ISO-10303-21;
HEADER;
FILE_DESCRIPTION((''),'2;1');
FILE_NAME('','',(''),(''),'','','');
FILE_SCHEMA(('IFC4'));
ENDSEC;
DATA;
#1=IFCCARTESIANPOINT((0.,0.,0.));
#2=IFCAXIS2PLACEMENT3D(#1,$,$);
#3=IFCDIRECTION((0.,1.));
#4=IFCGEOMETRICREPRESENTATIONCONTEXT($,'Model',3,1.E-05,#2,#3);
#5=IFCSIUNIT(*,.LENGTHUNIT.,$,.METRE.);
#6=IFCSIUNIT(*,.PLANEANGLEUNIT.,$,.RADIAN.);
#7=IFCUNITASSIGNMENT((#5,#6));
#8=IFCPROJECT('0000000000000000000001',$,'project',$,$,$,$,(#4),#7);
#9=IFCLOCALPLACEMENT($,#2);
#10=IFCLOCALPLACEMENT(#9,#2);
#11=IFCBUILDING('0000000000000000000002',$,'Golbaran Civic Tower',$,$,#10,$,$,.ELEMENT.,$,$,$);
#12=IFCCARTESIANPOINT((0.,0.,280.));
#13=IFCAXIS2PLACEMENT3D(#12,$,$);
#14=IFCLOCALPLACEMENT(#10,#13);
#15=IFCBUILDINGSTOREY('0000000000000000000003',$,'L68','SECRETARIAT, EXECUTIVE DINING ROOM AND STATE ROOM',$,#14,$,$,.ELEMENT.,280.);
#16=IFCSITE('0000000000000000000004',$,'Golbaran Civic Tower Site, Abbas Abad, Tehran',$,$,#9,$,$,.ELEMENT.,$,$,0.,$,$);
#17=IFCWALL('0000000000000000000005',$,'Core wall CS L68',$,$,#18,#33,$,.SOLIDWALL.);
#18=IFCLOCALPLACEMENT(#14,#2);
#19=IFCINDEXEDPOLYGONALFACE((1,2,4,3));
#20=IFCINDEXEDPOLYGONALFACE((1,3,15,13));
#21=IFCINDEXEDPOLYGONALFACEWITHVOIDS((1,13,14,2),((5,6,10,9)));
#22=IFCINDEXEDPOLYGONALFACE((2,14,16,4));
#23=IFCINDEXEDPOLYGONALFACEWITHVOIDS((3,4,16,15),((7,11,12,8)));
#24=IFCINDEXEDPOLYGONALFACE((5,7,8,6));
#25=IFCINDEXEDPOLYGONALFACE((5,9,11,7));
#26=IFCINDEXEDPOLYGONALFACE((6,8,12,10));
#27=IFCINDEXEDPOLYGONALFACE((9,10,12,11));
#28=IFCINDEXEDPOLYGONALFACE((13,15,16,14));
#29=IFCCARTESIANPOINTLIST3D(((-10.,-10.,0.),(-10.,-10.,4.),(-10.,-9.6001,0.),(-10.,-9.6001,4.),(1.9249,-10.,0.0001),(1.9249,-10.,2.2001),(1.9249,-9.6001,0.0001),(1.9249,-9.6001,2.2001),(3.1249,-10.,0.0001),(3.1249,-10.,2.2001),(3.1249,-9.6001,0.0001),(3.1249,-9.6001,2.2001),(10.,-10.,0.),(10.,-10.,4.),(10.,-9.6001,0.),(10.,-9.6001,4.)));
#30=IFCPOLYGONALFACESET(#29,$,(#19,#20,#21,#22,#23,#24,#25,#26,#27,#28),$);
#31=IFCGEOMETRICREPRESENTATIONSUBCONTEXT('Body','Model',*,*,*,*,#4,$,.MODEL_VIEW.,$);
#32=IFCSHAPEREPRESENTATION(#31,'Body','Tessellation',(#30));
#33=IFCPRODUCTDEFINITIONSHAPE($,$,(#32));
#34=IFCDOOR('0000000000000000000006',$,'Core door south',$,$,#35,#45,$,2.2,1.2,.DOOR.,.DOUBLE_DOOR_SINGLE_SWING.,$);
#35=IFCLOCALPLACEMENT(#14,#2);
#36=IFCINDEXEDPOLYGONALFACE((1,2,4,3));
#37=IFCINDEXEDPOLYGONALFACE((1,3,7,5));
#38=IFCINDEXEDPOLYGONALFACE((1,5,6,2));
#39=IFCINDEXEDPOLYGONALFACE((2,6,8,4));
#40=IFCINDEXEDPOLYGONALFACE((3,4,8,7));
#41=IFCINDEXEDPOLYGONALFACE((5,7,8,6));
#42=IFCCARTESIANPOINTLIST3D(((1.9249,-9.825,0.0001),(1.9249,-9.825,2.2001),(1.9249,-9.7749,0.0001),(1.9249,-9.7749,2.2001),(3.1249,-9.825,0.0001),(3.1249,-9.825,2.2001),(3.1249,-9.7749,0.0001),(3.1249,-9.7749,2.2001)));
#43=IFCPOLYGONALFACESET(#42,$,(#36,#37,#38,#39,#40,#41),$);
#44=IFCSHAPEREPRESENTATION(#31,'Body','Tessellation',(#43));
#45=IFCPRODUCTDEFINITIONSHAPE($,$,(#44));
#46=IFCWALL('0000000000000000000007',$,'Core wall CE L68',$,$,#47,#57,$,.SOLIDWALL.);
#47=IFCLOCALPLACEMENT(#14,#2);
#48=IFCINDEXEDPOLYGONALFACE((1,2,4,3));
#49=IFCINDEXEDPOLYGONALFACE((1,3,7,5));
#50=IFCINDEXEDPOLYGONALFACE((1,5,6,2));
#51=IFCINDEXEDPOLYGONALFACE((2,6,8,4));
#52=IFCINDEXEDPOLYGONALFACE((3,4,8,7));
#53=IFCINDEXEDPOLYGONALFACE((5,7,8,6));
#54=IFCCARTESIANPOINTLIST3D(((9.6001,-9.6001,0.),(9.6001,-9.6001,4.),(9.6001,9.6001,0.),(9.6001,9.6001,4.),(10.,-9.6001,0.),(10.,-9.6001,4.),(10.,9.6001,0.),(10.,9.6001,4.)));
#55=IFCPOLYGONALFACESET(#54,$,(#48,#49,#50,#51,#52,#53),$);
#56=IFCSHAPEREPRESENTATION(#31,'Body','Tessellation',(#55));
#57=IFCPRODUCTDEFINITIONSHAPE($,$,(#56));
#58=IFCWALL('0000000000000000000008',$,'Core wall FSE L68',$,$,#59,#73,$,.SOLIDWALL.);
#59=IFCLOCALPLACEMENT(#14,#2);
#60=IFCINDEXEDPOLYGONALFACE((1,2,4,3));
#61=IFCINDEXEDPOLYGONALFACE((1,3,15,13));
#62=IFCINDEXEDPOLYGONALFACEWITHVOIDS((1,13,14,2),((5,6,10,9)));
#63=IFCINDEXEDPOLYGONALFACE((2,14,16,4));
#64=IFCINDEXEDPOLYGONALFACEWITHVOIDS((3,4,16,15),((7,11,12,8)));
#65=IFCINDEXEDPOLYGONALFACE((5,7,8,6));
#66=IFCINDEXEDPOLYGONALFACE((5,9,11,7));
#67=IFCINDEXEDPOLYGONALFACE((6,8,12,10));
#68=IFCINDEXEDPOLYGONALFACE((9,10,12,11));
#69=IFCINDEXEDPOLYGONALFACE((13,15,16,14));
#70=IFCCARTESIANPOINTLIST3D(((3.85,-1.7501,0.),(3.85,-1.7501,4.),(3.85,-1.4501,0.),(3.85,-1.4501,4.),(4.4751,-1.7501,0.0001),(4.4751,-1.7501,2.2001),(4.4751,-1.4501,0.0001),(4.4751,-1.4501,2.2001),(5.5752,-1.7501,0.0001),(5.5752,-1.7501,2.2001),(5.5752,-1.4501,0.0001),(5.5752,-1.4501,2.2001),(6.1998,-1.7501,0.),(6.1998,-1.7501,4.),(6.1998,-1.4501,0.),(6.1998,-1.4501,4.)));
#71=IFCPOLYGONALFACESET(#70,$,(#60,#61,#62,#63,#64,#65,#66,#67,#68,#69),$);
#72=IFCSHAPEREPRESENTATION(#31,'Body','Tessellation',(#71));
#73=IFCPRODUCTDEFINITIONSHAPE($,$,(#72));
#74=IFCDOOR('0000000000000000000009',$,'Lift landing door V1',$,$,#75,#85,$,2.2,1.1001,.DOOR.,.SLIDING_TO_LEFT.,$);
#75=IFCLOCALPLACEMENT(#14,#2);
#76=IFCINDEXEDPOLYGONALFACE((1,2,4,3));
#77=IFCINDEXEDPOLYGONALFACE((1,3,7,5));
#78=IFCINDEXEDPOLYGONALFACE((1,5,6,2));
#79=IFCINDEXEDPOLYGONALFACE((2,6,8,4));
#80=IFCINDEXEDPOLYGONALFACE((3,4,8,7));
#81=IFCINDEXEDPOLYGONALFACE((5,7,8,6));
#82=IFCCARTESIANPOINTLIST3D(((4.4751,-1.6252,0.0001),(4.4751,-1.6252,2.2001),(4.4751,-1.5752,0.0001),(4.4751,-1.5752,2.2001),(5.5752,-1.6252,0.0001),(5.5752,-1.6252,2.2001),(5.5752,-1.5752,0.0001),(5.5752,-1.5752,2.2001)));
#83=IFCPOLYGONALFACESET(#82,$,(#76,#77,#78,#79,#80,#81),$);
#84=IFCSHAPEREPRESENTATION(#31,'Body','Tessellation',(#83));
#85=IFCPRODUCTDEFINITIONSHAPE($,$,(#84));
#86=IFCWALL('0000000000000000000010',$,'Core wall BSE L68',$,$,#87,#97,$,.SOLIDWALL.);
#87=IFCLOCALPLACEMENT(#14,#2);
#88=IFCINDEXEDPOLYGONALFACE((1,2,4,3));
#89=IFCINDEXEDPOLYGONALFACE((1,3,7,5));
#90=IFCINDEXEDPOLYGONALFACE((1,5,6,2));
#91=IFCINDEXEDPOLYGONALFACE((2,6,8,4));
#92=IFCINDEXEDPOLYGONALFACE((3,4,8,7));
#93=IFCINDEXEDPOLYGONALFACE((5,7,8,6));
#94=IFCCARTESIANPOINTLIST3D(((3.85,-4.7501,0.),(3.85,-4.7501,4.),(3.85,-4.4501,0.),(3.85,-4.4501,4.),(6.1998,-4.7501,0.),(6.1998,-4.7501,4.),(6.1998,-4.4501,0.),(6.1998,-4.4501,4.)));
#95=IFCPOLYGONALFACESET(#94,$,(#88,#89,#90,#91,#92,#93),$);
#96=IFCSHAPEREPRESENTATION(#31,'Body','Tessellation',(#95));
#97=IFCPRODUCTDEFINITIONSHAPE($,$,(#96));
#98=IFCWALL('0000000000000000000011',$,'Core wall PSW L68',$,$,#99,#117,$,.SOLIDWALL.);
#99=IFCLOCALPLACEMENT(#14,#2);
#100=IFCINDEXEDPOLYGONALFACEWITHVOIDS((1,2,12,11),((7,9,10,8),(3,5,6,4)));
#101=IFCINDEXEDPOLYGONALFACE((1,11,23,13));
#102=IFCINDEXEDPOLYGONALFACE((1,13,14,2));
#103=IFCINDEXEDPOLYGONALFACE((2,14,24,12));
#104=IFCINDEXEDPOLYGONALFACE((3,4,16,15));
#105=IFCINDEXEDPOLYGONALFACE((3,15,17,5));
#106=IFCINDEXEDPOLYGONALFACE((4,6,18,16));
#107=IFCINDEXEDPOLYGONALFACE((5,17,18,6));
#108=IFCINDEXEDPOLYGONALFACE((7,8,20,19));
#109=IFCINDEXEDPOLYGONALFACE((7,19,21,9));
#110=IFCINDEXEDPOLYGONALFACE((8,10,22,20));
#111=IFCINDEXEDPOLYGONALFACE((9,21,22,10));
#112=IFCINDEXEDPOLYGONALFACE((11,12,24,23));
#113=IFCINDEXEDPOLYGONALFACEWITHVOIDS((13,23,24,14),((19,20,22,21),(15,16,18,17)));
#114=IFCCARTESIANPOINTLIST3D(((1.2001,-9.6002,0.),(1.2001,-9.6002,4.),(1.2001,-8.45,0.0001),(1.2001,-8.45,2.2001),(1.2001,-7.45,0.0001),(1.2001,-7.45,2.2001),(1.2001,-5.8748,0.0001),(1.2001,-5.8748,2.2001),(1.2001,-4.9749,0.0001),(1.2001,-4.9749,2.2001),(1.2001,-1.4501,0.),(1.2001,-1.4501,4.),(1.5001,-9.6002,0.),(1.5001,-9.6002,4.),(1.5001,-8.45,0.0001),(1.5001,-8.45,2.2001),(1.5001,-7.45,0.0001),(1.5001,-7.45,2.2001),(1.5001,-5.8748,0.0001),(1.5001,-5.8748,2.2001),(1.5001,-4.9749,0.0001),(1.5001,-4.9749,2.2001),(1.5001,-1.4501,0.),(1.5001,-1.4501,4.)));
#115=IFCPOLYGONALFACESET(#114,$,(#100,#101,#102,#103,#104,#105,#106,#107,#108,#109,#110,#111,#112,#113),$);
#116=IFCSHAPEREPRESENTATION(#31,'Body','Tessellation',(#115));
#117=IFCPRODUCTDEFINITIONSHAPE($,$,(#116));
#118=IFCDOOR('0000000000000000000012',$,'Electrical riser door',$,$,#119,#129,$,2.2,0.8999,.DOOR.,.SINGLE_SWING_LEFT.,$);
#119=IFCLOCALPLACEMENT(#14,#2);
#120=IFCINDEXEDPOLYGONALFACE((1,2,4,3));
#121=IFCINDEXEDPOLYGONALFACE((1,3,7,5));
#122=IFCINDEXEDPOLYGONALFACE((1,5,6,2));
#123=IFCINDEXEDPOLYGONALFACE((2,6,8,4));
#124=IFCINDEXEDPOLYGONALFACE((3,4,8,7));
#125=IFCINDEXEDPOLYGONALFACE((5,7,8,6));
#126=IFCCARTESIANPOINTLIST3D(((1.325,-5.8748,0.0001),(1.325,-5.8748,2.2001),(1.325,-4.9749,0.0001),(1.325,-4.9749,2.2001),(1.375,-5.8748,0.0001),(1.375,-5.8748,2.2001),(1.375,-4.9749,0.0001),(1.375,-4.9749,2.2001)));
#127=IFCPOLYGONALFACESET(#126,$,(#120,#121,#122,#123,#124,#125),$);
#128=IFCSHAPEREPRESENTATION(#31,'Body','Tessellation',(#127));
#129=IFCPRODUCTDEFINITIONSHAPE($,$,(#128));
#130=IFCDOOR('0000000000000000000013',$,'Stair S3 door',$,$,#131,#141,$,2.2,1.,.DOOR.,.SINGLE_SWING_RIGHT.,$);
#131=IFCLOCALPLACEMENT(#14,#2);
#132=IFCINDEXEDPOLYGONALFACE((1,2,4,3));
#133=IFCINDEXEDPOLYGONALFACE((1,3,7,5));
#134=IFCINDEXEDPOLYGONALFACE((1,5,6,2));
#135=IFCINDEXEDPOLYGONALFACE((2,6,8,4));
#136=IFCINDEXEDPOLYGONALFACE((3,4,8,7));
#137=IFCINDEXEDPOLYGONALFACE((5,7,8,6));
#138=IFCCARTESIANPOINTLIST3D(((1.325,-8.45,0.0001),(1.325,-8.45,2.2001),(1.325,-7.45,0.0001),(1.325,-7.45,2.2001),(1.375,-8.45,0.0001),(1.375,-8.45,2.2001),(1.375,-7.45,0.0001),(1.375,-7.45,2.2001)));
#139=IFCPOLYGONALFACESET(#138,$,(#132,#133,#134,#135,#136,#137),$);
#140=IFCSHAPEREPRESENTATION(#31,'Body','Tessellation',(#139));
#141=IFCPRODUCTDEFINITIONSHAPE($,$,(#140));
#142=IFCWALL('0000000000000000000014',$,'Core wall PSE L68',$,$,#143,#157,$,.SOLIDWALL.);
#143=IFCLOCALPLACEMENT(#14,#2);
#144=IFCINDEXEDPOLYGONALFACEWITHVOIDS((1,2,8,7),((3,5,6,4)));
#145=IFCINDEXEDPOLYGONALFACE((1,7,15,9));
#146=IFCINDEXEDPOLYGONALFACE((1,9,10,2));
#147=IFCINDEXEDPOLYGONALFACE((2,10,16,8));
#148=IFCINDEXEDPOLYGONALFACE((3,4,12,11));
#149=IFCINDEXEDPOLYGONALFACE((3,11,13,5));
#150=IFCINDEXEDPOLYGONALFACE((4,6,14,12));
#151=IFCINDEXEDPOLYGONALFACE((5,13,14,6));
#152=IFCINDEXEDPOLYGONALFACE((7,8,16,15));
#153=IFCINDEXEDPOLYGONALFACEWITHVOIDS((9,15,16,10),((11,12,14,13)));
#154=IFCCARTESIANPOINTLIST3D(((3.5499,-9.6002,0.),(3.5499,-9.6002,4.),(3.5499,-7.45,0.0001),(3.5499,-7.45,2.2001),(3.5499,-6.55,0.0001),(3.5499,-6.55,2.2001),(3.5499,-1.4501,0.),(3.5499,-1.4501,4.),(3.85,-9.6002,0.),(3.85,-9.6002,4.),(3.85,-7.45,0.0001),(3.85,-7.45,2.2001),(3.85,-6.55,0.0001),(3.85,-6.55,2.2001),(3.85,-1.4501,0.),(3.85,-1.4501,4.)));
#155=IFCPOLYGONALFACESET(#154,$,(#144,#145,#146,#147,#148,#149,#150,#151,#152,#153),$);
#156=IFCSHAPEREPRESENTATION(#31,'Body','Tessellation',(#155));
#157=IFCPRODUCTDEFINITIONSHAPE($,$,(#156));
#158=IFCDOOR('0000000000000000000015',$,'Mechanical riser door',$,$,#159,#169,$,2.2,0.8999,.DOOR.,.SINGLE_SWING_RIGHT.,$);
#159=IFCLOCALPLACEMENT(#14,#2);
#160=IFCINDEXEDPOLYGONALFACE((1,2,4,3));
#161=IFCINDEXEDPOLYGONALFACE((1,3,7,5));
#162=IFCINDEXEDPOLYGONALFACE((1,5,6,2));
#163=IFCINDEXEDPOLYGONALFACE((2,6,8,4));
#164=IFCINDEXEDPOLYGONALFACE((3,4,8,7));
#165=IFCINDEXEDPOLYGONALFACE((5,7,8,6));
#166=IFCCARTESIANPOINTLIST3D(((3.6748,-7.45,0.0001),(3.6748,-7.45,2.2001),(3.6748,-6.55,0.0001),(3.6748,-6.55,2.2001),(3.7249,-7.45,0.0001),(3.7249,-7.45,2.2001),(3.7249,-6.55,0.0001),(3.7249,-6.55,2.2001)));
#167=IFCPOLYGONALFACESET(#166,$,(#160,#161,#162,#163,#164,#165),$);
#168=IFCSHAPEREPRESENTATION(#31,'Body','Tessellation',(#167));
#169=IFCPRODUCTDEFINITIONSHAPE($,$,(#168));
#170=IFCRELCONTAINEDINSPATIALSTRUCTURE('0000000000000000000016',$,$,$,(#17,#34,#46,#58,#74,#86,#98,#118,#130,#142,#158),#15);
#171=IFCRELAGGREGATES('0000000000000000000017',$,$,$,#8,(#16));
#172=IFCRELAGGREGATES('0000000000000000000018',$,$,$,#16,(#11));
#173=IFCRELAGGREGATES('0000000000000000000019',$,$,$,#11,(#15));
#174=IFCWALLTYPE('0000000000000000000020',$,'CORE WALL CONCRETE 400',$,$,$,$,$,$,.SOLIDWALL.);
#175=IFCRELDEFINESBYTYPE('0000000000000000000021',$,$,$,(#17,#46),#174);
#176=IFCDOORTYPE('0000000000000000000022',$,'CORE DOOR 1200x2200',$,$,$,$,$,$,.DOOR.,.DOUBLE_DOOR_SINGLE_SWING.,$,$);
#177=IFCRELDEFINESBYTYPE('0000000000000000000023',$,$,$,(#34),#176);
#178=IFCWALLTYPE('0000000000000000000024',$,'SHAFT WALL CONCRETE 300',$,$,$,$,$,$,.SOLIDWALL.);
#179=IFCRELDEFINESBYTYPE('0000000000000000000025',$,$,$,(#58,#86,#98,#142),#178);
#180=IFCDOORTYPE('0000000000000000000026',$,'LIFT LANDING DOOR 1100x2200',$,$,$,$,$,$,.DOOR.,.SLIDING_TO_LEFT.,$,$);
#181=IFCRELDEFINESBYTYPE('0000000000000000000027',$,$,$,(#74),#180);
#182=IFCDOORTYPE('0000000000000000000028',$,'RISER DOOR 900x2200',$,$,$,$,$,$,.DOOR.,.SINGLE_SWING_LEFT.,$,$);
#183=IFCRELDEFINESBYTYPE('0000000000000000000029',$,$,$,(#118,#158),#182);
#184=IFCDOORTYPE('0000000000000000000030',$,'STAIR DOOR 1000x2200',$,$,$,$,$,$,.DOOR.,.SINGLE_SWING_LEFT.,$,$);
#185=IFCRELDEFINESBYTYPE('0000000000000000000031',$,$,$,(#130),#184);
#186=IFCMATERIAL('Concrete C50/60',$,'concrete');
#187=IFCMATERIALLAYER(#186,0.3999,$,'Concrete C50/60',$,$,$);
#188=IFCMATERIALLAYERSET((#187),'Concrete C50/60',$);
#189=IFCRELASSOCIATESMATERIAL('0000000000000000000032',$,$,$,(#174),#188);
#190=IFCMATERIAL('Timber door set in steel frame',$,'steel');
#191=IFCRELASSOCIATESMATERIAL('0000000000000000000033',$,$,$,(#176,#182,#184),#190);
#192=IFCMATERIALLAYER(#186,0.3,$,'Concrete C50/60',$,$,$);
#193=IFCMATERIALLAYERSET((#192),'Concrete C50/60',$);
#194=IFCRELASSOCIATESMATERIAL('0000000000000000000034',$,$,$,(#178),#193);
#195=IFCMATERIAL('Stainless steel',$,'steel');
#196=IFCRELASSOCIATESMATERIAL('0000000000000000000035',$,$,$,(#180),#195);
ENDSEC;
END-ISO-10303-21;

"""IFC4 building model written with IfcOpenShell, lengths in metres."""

from ifc_helpers import new_model, si_unit, direction, frame, frame_2d, origin, place, context, subcontext, project, spatial, rectangle, extrude, material, layer, layer_set, type_object, element, fill, save


model = new_model("IFC4")

# Units and contexts
model_context = context("Model", 3, precision=1e-05, world=origin(), true_north=direction((0.0, 1.0)))
body_context = subcontext(model_context, "Body", "Model", "MODEL_VIEW")
ifc_project = project(units=[si_unit("LENGTHUNIT", "METRE"), si_unit("PLANEANGLEUNIT", "RADIAN")], contexts=[model_context])

# Site, building, storey
site_placement = place(None, origin())
site = spatial("IfcSite", under=ifc_project, at=site_placement, Name="Golbaran Civic Tower Site, Abbas Abad, Tehran", CompositionType="ELEMENT", RefElevation=0.0)
building_placement = place(site_placement, origin())
building = spatial("IfcBuilding", under=site, at=building_placement, Name="Golbaran Civic Tower", CompositionType="ELEMENT")
storey_placement = place(building_placement, frame((0.0, 0.0, 280.0)))
storey = spatial("IfcBuildingStorey", under=building, at=storey_placement, Name="L68", Description="SECRETARIAT, EXECUTIVE DINING ROOM AND STATE ROOM", CompositionType="ELEMENT", Elevation=280.0)

# Wall, opening, door
ifc_material_1 = material(Name="Concrete C50/60", Category="concrete")
ifc_layer_1 = layer(ifc_material_1, 0.3999, Name="Concrete C50/60")
ifc_layer_set_1 = layer_set([ifc_layer_1], Name="Concrete C50/60")
wall_type_1 = type_object("IfcWallType", Name="CORE WALL CONCRETE 400", PredefinedType="SOLIDWALL", material=ifc_layer_set_1)
wall_1_placement = place(storey_placement, frame((10.0, -9.8, 0.0), z_axis=(0.0, 0.0, 1.0), x_axis=(-1.0, 0.0, 0.0)))
wall_1 = element("IfcWall", 1, at=wall_1_placement, inside=storey, type_object=wall_type_1, Name="Core wall CS L68", PredefinedType="SOLIDWALL", context=body_context, shape_type="SweptSolid", body=[
    extrude(rectangle(XDim=20.0, YDim=0.3999, at=frame_2d((10.0, 0.0))), origin(), (0.0, 0.0, 1.0), 4.0),
])
opening_1_placement = place(wall_1_placement, frame((6.875, 0.0, 0.0)))
opening_1 = element("IfcOpeningElement", 2, at=opening_1_placement, cuts=wall_1, PredefinedType="OPENING", context=body_context, shape_type="SweptSolid", body=[
    extrude(rectangle(XDim=1.2, YDim=2.2, at=frame_2d((0.6001, 1.1001))), frame((0.0, 0.21, 0.0), z_axis=(0.0, -1.0, 0.0), x_axis=(1.0, 0.0, 0.0)), (0.0, 0.0, 1.0), 0.4199),
])
ifc_material_2 = material(Name="Timber door set in steel frame", Category="steel")
door_type_1 = type_object("IfcDoorType", Name="CORE DOOR 1200x2200", OperationType="DOUBLE_DOOR_SINGLE_SWING", PredefinedType="DOOR", material=ifc_material_2)
door_1_placement = place(opening_1_placement, origin())
door_1 = element("IfcDoor", 3, at=door_1_placement, inside=storey, type_object=door_type_1, Name="Core door south", OperationType="DOUBLE_DOOR_SINGLE_SWING", OverallHeight=2.2, OverallWidth=1.2, PredefinedType="DOOR", context=body_context, shape_type="SweptSolid", body=[
    extrude(rectangle(XDim=1.2, YDim=2.2, at=frame_2d((0.6001, 1.1001))), frame((0.0, 0.0249, 0.0), z_axis=(0.0, -1.0, 0.0), x_axis=(1.0, 0.0, 0.0)), (0.0, 0.0, 1.0), 0.05),
])
fill(opening_1, door_1)

# Wall
wall_2_placement = place(storey_placement, frame((9.8, -9.6001, 0.0), z_axis=(0.0, 0.0, 1.0), x_axis=(0.0, 1.0, 0.0)))
element("IfcWall", 4, at=wall_2_placement, inside=storey, type_object=wall_type_1, Name="Core wall CE L68", PredefinedType="SOLIDWALL", context=body_context, shape_type="SweptSolid", body=[
    extrude(rectangle(XDim=19.2002, YDim=0.3999, at=frame_2d((9.6001, 0.0))), origin(), (0.0, 0.0, 1.0), 4.0),
])

# Wall, opening, door
ifc_layer_2 = layer(ifc_material_1, 0.3, Name="Concrete C50/60")
ifc_layer_set_2 = layer_set([ifc_layer_2], Name="Concrete C50/60")
wall_type_2 = type_object("IfcWallType", Name="SHAFT WALL CONCRETE 300", PredefinedType="SOLIDWALL", material=ifc_layer_set_2)
wall_3_placement = place(storey_placement, frame((3.8501, -1.6001, 0.0), z_axis=(0.0, 0.0, 1.0), x_axis=(1.0, 0.0, 0.0)))
wall_3 = element("IfcWall", 5, at=wall_3_placement, inside=storey, type_object=wall_type_2, Name="Core wall FSE L68", PredefinedType="SOLIDWALL", context=body_context, shape_type="SweptSolid", body=[
    extrude(rectangle(XDim=2.3499, YDim=0.3, at=frame_2d((1.1748, 0.0))), origin(), (0.0, 0.0, 1.0), 4.0),
])
opening_2_placement = place(wall_3_placement, frame((0.625, 0.0, 0.0)))
opening_2 = element("IfcOpeningElement", 6, at=opening_2_placement, cuts=wall_3, PredefinedType="OPENING", context=body_context, shape_type="SweptSolid", body=[
    extrude(rectangle(XDim=1.1001, YDim=2.2, at=frame_2d((0.55, 1.1001))), frame((0.0, 0.1599, 0.0), z_axis=(0.0, -1.0, 0.0), x_axis=(1.0, 0.0, 0.0)), (0.0, 0.0, 1.0), 0.3201),
])
ifc_material_3 = material(Name="Stainless steel", Category="steel")
door_type_2 = type_object("IfcDoorType", Name="LIFT LANDING DOOR 1100x2200", OperationType="SLIDING_TO_LEFT", PredefinedType="DOOR", material=ifc_material_3)
door_2_placement = place(opening_2_placement, origin())
door_2 = element("IfcDoor", 7, at=door_2_placement, inside=storey, type_object=door_type_2, Name="Lift landing door V1", OperationType="SLIDING_TO_LEFT", OverallHeight=2.2, OverallWidth=1.1001, PredefinedType="DOOR", context=body_context, shape_type="SweptSolid", body=[
    extrude(rectangle(XDim=1.1001, YDim=2.2, at=frame_2d((0.55, 1.1001))), frame((0.0, 0.0249, 0.0), z_axis=(0.0, -1.0, 0.0), x_axis=(1.0, 0.0, 0.0)), (0.0, 0.0, 1.0), 0.05),
])
fill(opening_2, door_2)

# Wall
wall_4_placement = place(storey_placement, frame((3.8501, -4.6001, 0.0), z_axis=(0.0, 0.0, 1.0), x_axis=(1.0, 0.0, 0.0)))
element("IfcWall", 8, at=wall_4_placement, inside=storey, type_object=wall_type_2, Name="Core wall BSE L68", PredefinedType="SOLIDWALL", context=body_context, shape_type="SweptSolid", body=[
    extrude(rectangle(XDim=2.3499, YDim=0.3, at=frame_2d((1.1748, 0.0))), origin(), (0.0, 0.0, 1.0), 4.0),
])

# Wall, openings, doors
wall_5_placement = place(storey_placement, frame((1.3501, -1.45, 0.0), z_axis=(0.0, 0.0, 1.0), x_axis=(0.0, -1.0, 0.0)))
wall_5 = element("IfcWall", 9, at=wall_5_placement, inside=storey, type_object=wall_type_2, Name="Core wall PSW L68", PredefinedType="SOLIDWALL", context=body_context, shape_type="SweptSolid", body=[
    extrude(rectangle(XDim=8.1501, YDim=0.3, at=frame_2d((4.0752, 0.0))), origin(), (0.0, 0.0, 1.0), 4.0),
])
opening_3_placement = place(wall_5_placement, frame((6.0, 0.0, 0.0)))
opening_3 = element("IfcOpeningElement", 10, at=opening_3_placement, cuts=wall_5, PredefinedType="OPENING", context=body_context, shape_type="SweptSolid", body=[
    extrude(rectangle(XDim=1.0, YDim=2.2, at=frame_2d((0.5, 1.1001))), frame((0.0, 0.1599, 0.0), z_axis=(0.0, -1.0, 0.0), x_axis=(1.0, 0.0, 0.0)), (0.0, 0.0, 1.0), 0.3201),
])
opening_4_placement = place(wall_5_placement, frame((3.5249, 0.0, 0.0)))
opening_4 = element("IfcOpeningElement", 11, at=opening_4_placement, cuts=wall_5, PredefinedType="OPENING", context=body_context, shape_type="SweptSolid", body=[
    extrude(rectangle(XDim=0.8999, YDim=2.2, at=frame_2d((0.45, 1.1001))), frame((0.0, 0.1599, 0.0), z_axis=(0.0, -1.0, 0.0), x_axis=(1.0, 0.0, 0.0)), (0.0, 0.0, 1.0), 0.3201),
])
door_type_3 = type_object("IfcDoorType", Name="RISER DOOR 900x2200", OperationType="SINGLE_SWING_LEFT", PredefinedType="DOOR", material=ifc_material_2)
door_3_placement = place(opening_4_placement, origin())
door_3 = element("IfcDoor", 12, at=door_3_placement, inside=storey, type_object=door_type_3, Name="Electrical riser door", OperationType="SINGLE_SWING_LEFT", OverallHeight=2.2, OverallWidth=0.8999, PredefinedType="DOOR", context=body_context, shape_type="SweptSolid", body=[
    extrude(rectangle(XDim=0.8999, YDim=2.2, at=frame_2d((0.45, 1.1001))), frame((0.0, 0.0249, 0.0), z_axis=(0.0, -1.0, 0.0), x_axis=(1.0, 0.0, 0.0)), (0.0, 0.0, 1.0), 0.05),
])
fill(opening_4, door_3)
door_type_4 = type_object("IfcDoorType", Name="STAIR DOOR 1000x2200", OperationType="SINGLE_SWING_LEFT", PredefinedType="DOOR", material=ifc_material_2)
door_4_placement = place(opening_3_placement, origin())
door_4 = element("IfcDoor", 13, at=door_4_placement, inside=storey, type_object=door_type_4, Name="Stair S3 door", OperationType="SINGLE_SWING_RIGHT", OverallHeight=2.2, OverallWidth=1.0, PredefinedType="DOOR", context=body_context, shape_type="SweptSolid", body=[
    extrude(rectangle(XDim=1.0, YDim=2.2, at=frame_2d((0.5, 1.1001))), frame((0.0, 0.0249, 0.0), z_axis=(0.0, -1.0, 0.0), x_axis=(1.0, 0.0, 0.0)), (0.0, 0.0, 1.0), 0.05),
])
fill(opening_3, door_4)

# Wall, opening, door
wall_6_placement = place(storey_placement, frame((3.7, -1.45, 0.0), z_axis=(0.0, 0.0, 1.0), x_axis=(0.0, -1.0, 0.0)))
wall_6 = element("IfcWall", 14, at=wall_6_placement, inside=storey, type_object=wall_type_2, Name="Core wall PSE L68", PredefinedType="SOLIDWALL", context=body_context, shape_type="SweptSolid", body=[
    extrude(rectangle(XDim=8.1501, YDim=0.3, at=frame_2d((4.0752, 0.0))), origin(), (0.0, 0.0, 1.0), 4.0),
])
opening_5_placement = place(wall_6_placement, frame((5.1001, 0.0, 0.0)))
opening_5 = element("IfcOpeningElement", 15, at=opening_5_placement, cuts=wall_6, PredefinedType="OPENING", context=body_context, shape_type="SweptSolid", body=[
    extrude(rectangle(XDim=0.8999, YDim=2.2, at=frame_2d((0.45, 1.1001))), frame((0.0, 0.1599, 0.0), z_axis=(0.0, -1.0, 0.0), x_axis=(1.0, 0.0, 0.0)), (0.0, 0.0, 1.0), 0.3201),
])
door_5_placement = place(opening_5_placement, origin())
door_5 = element("IfcDoor", 16, at=door_5_placement, inside=storey, type_object=door_type_3, Name="Mechanical riser door", OperationType="SINGLE_SWING_RIGHT", OverallHeight=2.2, OverallWidth=0.8999, PredefinedType="DOOR", context=body_context, shape_type="SweptSolid", body=[
    extrude(rectangle(XDim=0.8999, YDim=2.2, at=frame_2d((0.45, 1.1001))), frame((0.0, 0.0249, 0.0), z_axis=(0.0, -1.0, 0.0), x_axis=(1.0, 0.0, 0.0)), (0.0, 0.0, 1.0), 0.05),
])
fill(opening_5, door_5)

save(model, "model.ifc")
